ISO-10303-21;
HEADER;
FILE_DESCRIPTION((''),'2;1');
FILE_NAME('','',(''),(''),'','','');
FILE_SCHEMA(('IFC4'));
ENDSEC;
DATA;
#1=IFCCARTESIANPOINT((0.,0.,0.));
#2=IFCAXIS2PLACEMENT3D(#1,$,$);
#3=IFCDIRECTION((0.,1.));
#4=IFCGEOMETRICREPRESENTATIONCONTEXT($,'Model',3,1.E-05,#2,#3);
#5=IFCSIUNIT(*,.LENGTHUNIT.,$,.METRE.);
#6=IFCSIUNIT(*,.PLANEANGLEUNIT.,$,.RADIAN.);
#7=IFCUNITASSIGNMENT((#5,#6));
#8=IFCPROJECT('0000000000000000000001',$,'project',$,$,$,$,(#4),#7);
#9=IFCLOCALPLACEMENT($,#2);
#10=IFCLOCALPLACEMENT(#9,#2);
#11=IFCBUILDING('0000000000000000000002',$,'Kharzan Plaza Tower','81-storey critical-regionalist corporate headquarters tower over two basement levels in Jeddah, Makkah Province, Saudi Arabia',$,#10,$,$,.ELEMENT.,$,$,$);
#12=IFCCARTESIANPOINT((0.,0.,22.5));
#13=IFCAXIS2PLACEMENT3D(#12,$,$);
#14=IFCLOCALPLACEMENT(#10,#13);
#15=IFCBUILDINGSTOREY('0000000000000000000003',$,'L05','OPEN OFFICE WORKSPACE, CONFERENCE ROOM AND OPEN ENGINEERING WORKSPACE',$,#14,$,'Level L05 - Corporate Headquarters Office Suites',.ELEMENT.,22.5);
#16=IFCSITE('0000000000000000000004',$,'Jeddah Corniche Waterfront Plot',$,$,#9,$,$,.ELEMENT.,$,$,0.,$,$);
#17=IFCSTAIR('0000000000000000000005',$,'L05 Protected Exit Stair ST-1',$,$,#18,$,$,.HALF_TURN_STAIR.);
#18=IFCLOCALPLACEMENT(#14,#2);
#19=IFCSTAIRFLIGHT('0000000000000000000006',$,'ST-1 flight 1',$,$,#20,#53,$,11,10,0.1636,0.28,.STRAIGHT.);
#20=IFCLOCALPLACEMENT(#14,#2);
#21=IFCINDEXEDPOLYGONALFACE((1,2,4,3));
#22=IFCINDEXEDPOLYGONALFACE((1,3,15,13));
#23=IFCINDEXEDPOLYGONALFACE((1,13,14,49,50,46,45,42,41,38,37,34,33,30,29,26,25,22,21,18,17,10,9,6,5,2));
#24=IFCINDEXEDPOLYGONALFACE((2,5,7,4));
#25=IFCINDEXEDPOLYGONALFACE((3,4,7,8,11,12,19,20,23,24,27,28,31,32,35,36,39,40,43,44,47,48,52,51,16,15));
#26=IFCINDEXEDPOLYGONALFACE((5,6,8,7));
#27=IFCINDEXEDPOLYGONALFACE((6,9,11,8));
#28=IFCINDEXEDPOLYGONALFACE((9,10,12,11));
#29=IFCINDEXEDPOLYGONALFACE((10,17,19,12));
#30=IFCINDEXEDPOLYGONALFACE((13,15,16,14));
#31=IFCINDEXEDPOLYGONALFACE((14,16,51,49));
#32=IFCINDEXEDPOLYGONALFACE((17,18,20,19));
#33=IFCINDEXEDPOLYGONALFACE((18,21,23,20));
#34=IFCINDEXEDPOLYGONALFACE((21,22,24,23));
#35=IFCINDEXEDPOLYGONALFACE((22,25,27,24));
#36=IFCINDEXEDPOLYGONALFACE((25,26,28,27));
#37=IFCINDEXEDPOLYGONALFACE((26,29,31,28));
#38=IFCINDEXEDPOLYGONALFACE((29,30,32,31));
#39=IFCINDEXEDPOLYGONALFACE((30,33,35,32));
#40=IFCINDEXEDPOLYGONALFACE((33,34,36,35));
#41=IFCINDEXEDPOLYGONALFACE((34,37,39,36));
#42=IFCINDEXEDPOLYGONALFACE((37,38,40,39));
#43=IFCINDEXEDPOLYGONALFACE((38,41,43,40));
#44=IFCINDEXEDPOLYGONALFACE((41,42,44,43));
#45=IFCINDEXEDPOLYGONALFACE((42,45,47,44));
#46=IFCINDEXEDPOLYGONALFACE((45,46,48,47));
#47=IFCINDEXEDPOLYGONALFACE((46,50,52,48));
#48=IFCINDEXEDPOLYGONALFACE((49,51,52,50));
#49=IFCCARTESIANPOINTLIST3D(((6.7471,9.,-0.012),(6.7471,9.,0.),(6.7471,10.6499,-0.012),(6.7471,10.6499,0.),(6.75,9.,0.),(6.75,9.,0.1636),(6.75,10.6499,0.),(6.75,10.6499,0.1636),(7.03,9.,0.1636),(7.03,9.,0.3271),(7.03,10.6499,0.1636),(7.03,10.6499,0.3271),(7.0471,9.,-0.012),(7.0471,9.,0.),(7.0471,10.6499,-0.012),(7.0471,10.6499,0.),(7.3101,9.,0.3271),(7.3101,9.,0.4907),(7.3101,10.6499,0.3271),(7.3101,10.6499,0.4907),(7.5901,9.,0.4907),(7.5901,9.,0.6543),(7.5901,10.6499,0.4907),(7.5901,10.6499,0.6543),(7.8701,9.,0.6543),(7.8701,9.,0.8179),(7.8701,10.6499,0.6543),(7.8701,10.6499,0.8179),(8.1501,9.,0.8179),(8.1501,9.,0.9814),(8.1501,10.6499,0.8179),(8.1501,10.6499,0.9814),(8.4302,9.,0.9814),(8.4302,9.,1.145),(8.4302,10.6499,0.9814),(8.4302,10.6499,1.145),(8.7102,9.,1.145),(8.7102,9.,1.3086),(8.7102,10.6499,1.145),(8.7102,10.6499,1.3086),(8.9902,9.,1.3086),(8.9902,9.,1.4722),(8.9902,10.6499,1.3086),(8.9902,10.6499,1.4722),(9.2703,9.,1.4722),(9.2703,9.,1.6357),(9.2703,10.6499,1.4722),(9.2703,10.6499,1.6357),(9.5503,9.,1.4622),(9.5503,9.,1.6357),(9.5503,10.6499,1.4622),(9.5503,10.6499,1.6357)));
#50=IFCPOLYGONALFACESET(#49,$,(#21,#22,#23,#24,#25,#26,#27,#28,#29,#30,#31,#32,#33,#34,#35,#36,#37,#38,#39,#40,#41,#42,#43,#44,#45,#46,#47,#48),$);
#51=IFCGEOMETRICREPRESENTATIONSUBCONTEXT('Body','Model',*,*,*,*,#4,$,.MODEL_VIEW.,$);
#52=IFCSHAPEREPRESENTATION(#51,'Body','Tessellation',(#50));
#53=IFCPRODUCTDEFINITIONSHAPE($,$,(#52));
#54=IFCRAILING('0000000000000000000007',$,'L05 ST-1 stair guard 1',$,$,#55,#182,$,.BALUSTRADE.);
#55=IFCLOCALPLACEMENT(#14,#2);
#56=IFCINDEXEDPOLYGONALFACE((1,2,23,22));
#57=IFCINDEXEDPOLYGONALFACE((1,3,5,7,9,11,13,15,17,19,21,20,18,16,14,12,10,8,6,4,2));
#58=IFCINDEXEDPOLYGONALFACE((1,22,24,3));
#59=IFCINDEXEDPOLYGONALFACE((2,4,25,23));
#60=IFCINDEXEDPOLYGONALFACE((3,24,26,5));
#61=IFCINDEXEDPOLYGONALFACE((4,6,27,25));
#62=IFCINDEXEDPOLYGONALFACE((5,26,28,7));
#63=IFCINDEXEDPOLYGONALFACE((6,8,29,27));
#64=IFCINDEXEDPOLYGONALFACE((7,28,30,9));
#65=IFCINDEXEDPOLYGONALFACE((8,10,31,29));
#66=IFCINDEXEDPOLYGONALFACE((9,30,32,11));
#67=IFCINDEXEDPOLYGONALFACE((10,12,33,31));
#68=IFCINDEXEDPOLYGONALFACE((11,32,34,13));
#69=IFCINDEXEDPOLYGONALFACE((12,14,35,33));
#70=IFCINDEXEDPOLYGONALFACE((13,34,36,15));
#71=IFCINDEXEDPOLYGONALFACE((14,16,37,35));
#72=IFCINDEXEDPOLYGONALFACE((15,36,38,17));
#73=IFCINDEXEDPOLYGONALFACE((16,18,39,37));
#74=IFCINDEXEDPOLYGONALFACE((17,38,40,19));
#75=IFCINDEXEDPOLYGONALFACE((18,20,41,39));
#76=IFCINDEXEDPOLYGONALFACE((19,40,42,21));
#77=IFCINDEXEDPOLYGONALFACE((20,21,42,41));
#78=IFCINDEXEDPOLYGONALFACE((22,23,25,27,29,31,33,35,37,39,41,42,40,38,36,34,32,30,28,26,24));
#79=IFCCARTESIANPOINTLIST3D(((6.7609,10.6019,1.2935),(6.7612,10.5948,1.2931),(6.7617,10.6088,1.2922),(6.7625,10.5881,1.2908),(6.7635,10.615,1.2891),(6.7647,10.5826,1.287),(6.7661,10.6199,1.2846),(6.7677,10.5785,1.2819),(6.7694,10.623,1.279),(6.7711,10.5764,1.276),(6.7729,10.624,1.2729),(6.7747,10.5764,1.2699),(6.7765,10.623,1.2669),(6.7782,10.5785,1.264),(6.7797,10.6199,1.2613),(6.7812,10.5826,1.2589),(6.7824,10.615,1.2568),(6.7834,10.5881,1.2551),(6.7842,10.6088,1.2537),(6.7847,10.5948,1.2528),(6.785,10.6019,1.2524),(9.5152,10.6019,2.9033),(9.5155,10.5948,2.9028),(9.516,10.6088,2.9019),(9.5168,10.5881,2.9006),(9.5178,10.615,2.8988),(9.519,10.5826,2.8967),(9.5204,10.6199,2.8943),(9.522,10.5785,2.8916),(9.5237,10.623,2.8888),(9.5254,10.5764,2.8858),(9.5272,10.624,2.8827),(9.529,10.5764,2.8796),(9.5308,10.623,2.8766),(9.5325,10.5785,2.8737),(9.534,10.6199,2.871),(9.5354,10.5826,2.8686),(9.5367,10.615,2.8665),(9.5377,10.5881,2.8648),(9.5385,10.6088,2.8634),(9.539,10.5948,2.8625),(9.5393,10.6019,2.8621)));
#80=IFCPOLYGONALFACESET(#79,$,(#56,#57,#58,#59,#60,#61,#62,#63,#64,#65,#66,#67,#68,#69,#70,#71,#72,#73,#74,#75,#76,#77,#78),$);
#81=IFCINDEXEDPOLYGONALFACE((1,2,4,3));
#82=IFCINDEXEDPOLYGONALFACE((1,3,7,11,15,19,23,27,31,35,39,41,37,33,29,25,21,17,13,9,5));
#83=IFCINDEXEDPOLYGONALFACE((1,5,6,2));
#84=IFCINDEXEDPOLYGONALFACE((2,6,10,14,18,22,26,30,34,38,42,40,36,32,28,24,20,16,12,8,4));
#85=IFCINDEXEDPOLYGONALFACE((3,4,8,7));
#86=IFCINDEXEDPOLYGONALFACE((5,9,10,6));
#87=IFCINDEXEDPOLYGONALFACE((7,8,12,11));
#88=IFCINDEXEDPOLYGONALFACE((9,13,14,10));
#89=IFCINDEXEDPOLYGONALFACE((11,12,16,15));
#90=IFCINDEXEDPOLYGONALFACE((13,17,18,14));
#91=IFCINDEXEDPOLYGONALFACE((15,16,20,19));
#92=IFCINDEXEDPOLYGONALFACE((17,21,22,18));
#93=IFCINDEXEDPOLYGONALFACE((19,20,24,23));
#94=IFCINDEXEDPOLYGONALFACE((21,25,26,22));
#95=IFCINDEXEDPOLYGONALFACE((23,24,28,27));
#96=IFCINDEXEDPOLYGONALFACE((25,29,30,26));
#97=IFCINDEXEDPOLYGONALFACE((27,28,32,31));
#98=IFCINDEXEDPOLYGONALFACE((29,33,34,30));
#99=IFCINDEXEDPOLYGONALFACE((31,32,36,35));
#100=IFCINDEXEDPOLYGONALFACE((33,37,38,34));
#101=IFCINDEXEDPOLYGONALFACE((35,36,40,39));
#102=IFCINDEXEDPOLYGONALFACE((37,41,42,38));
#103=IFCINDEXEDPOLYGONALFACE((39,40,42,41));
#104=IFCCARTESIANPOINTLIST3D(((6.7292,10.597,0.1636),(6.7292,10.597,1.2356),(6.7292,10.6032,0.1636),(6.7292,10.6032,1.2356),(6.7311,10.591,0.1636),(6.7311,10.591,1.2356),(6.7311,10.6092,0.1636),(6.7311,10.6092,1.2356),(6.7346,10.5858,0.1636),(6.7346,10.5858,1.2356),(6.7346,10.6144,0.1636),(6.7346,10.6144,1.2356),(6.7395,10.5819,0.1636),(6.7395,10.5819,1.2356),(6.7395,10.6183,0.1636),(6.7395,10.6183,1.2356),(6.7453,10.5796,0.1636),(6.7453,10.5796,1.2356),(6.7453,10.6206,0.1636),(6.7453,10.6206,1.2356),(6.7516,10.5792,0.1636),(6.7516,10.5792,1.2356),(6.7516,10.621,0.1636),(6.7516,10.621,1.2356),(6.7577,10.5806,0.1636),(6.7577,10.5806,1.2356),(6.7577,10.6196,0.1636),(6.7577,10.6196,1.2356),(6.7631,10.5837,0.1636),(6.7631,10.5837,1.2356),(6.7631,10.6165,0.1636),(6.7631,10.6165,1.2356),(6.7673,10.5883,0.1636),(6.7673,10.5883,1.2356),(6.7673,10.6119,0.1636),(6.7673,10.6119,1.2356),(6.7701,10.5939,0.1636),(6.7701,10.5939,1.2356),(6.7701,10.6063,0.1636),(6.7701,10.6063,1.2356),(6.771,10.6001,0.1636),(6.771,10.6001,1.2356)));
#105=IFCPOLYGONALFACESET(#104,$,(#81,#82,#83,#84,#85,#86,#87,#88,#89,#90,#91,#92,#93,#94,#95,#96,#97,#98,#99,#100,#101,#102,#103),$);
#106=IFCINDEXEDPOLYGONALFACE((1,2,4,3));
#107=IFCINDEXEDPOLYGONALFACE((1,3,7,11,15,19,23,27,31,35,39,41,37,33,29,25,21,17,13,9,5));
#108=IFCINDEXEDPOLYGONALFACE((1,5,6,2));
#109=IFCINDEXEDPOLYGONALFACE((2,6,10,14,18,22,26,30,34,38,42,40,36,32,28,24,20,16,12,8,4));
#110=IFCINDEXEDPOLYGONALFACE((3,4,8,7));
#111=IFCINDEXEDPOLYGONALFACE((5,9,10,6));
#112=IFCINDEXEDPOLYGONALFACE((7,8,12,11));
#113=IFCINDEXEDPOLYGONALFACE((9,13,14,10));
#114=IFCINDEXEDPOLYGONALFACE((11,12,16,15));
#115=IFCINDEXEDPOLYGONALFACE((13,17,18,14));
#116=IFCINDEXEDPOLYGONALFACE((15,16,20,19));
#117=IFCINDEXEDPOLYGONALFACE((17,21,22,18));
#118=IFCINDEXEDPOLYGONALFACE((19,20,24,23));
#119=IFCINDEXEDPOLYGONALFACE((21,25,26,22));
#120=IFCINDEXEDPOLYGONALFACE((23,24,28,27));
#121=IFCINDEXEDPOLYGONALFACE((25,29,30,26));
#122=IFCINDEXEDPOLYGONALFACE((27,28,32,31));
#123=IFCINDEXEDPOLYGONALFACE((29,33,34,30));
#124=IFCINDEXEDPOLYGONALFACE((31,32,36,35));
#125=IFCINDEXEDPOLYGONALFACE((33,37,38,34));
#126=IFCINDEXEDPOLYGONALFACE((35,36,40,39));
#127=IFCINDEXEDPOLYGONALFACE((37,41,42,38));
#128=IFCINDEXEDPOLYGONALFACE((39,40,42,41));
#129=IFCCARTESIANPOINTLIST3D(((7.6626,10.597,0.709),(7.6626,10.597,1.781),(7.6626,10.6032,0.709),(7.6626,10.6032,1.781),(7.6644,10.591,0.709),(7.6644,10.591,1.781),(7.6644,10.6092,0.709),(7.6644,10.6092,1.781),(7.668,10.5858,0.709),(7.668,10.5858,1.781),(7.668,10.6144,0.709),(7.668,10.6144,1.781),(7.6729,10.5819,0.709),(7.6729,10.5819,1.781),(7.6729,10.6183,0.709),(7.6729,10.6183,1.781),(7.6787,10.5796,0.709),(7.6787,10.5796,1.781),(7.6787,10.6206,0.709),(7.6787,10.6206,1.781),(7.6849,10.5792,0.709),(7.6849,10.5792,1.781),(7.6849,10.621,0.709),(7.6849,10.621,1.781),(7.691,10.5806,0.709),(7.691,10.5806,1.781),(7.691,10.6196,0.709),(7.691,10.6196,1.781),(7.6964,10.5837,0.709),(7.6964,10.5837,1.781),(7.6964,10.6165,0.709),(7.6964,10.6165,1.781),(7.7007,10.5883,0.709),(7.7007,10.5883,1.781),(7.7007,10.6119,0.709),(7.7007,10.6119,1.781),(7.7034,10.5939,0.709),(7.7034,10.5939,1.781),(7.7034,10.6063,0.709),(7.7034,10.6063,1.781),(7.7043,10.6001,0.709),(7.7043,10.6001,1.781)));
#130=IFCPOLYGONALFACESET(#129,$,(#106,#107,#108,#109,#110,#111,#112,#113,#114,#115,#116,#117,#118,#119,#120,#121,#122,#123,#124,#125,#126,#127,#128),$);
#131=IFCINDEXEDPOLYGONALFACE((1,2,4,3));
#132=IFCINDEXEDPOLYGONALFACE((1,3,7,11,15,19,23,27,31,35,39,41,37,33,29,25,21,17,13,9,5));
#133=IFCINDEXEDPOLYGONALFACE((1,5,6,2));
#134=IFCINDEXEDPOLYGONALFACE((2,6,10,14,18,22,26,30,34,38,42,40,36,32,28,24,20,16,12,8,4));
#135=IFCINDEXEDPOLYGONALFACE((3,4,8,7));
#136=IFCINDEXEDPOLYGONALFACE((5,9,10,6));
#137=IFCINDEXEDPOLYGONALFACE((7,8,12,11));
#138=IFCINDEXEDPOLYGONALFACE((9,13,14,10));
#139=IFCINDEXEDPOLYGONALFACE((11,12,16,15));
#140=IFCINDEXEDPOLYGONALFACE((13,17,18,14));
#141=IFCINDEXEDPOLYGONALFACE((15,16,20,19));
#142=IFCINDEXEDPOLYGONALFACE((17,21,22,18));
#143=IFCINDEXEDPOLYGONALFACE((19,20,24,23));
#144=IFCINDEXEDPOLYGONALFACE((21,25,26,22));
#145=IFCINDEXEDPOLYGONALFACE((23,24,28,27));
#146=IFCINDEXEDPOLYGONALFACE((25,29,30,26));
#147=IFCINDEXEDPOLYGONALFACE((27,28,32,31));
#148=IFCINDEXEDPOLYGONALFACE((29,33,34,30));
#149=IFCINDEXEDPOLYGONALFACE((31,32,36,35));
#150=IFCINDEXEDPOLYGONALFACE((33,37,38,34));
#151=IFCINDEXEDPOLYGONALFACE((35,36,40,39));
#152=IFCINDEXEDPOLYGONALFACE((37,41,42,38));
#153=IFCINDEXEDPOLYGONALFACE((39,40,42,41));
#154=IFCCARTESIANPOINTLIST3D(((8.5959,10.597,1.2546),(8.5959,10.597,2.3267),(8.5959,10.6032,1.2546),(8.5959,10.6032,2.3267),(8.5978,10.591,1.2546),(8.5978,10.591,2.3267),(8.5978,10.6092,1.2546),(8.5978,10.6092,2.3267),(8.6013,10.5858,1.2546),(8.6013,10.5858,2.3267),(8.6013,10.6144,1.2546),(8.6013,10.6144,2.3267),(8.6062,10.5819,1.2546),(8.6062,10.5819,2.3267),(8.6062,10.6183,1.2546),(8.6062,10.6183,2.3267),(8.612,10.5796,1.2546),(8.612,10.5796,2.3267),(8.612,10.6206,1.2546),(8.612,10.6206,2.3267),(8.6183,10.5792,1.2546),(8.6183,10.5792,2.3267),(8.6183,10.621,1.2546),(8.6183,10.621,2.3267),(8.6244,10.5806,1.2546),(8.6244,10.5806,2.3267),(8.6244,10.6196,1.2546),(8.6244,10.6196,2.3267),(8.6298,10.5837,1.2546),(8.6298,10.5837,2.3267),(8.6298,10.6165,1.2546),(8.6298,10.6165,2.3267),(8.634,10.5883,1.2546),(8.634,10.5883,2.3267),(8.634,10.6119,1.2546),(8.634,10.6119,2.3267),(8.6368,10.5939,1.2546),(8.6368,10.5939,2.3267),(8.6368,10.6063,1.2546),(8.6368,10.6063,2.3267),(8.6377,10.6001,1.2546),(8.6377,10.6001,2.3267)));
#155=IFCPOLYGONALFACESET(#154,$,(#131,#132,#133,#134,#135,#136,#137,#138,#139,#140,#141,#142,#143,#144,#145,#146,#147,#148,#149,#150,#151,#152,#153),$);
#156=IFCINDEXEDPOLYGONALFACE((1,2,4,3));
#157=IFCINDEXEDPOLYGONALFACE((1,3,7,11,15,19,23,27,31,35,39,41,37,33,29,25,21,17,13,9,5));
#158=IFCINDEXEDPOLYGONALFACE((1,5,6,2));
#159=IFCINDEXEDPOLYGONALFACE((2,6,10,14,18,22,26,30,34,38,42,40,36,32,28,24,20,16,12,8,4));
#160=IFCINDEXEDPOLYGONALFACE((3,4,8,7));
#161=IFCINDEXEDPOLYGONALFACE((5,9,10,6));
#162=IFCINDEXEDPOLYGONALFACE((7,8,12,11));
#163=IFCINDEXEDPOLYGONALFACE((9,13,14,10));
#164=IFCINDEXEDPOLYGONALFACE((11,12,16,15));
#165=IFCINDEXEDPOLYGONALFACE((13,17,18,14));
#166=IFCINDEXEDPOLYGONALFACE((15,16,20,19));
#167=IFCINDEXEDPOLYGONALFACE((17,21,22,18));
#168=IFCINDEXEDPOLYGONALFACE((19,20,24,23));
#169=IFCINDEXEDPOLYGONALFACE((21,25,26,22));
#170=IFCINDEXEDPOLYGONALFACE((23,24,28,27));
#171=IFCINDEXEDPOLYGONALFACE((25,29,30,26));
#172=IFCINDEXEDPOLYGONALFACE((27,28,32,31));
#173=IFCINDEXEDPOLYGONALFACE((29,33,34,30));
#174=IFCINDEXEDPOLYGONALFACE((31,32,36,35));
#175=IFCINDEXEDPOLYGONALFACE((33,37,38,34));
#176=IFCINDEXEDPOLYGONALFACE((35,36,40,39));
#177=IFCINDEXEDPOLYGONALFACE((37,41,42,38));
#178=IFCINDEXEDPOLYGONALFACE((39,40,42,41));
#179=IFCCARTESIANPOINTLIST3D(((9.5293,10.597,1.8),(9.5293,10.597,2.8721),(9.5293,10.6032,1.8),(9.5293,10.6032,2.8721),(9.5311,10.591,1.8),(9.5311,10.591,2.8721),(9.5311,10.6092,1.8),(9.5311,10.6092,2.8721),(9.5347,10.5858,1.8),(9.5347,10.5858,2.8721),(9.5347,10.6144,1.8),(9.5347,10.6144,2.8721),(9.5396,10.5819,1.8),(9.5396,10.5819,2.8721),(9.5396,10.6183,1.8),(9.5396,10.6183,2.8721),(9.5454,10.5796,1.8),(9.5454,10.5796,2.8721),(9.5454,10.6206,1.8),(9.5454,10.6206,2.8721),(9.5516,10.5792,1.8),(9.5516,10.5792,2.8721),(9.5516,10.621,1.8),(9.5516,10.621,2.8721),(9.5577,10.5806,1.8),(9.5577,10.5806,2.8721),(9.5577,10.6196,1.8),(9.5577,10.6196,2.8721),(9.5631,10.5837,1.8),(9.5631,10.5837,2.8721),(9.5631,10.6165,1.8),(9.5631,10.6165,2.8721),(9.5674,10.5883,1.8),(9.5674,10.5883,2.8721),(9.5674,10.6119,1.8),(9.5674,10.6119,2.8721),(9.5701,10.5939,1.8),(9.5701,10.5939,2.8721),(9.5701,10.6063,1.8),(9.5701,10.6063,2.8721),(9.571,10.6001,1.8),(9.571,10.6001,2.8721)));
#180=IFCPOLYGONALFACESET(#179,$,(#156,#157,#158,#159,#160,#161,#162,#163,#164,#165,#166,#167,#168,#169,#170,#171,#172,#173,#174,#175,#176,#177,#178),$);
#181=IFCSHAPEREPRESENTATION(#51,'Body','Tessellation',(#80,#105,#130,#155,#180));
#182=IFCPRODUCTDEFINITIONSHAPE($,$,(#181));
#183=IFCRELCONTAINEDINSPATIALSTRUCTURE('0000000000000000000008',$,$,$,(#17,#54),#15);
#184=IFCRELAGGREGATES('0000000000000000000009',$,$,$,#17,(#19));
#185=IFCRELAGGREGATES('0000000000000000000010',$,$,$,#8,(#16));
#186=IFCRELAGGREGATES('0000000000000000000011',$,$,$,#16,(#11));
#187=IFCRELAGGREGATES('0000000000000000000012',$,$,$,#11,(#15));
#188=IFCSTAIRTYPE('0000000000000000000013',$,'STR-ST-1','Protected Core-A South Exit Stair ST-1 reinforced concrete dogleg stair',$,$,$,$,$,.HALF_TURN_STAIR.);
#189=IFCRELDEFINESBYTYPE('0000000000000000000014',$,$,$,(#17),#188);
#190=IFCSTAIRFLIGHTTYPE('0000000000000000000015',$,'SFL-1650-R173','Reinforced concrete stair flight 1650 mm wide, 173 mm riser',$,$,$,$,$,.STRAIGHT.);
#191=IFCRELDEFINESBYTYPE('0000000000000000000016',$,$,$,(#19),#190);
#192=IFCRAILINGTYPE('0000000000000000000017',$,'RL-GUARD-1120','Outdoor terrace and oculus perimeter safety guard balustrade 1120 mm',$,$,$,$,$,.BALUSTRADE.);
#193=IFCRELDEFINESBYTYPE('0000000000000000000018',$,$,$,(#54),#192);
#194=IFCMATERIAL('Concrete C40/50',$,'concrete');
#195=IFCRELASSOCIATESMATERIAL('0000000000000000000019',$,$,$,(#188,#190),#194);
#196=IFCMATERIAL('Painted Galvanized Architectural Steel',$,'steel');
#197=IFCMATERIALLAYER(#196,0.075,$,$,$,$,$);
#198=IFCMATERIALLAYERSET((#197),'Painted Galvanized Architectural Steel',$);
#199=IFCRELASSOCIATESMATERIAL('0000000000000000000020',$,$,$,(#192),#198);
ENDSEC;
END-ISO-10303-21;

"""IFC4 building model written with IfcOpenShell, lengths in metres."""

from ifc_helpers import new_model, si_unit, direction, frame, origin, origin_2d, place, context, subcontext, project, spatial, polyline, circle, outline, extrude, source, transform, mapped, material, layer, layer_set, type_object, element, aggregate, save


model = new_model("IFC4")

# Units and contexts
model_context = context("Model", 3, precision=1e-05, world=origin(), true_north=direction((0.0, 1.0)))
body_context = subcontext(model_context, "Body", "Model", "MODEL_VIEW")
ifc_project = project(units=[si_unit("LENGTHUNIT", "METRE"), si_unit("PLANEANGLEUNIT", "RADIAN")], contexts=[model_context])

# Site, building, storey
site_placement = place(None, origin())
site = spatial("IfcSite", under=ifc_project, at=site_placement, Name="Jeddah Corniche Waterfront Plot", CompositionType="ELEMENT", RefElevation=0.0)
building_placement = place(site_placement, origin())
building = spatial("IfcBuilding", under=site, at=building_placement, Name="Kharzan Plaza Tower", Description="81-storey critical-regionalist corporate headquarters tower over two basement levels in Jeddah, Makkah Province, Saudi Arabia", CompositionType="ELEMENT")
storey_placement = place(building_placement, frame((0.0, 0.0, 22.5)))
storey = spatial("IfcBuildingStorey", under=building, at=storey_placement, Name="L05", Description="OPEN OFFICE WORKSPACE, CONFERENCE ROOM AND OPEN ENGINEERING WORKSPACE", LongName="Level L05 - Corporate Headquarters Office Suites", CompositionType="ELEMENT", Elevation=22.5)

# Shared definitions
ifc_material_1 = material(Name="Concrete C40/50", Category="concrete")

# Stair, stair flight
stair_type = type_object("IfcStairType", Name="STR-ST-1", Description="Protected Core-A South Exit Stair ST-1 reinforced concrete dogleg stair", PredefinedType="HALF_TURN_STAIR", material=ifc_material_1)
stair_placement = place(storey_placement, origin())
stair = element("IfcStair", 1, at=stair_placement, inside=storey, type_object=stair_type, Name="L05 Protected Exit Stair ST-1", PredefinedType="HALF_TURN_STAIR")
stair_flight_type = type_object("IfcStairFlightType", Name="SFL-1650-R173", Description="Reinforced concrete stair flight 1650 mm wide, 173 mm riser", PredefinedType="STRAIGHT", material=ifc_material_1)
shared_shape_1 = source(origin(), body_context, "Body", "SweptSolid", [
    extrude(outline(polyline([(-0.0029, -0.012), (-0.0029, 0.0), (0.0, 0.0), (0.0, 0.1636), (0.28, 0.1636), (0.28, 0.3271), (0.5601, 0.3271), (0.5601, 0.4907), (0.8401, 0.4907), (0.8401, 0.6543), (1.1201, 0.6543), (1.1201, 0.8179), (1.4001, 0.8179), (1.4001, 0.9814), (1.6802, 0.9814), (1.6802, 1.145), (1.9602, 1.145), (1.9602, 1.3086), (2.2402, 1.3086), (2.2402, 1.4722), (2.5203, 1.4722), (2.5203, 1.6357), (2.8003, 1.6357), (2.8003, 1.7993), (2.8003, 1.4622), (0.2971, 0.0), (0.2971, -0.012), (-0.0029, -0.012)])), frame((0.0, 0.825, 0.0), z_axis=(0.0, -1.0, 0.0), x_axis=(1.0, 0.0, 0.0)), (0.0, 0.0, 1.0), 1.6499),
])
stair_flight_placement = place(storey_placement, frame((6.75, 9.825, 0.0), z_axis=(0.0, 0.0, 1.0), x_axis=(1.0, 0.0, 0.0)))
stair_flight = element("IfcStairFlight", 2, at=stair_flight_placement, type_object=stair_flight_type, Name="ST-1 flight 1", NumberOfRisers=11, NumberOfTreads=10, PredefinedType="STRAIGHT", RiserHeight=0.1636, TreadLength=0.28, context=body_context, shape_type="MappedRepresentation", body=[
    mapped(shared_shape_1, transform((0.0, 0.0, 0.0), x_axis=(1.0, 0.0, 0.0), y_axis=(0.0, 1.0, 0.0), z_axis=(0.0, 0.0, 1.0))),
])
aggregate(stair, [stair_flight])

# Railing
ifc_material_2 = material(Name="Painted Galvanized Architectural Steel", Category="steel")
ifc_layer_1 = layer(ifc_material_2, 0.075)
ifc_layer_set_1 = layer_set([ifc_layer_1], Name="Painted Galvanized Architectural Steel")
railing_type_1 = type_object("IfcRailingType", Name="RL-GUARD-1120", Description="Outdoor terrace and oculus perimeter safety guard balustrade 1120 mm", PredefinedType="BALUSTRADE", material=ifc_layer_set_1)
shared_shape_2 = source(origin(), body_context, "Body", "SweptSolid", [
    extrude(circle(Radius=0.0239, at=origin_2d()), frame((0.0229, 0.0, 1.1094), z_axis=(0.863361, 0.0, 0.504587), x_axis=(0.0, 1.0, 0.0)), (0.0, 0.0, 1.0), 3.1902),
    extrude(circle(Radius=0.021, at=origin_2d()), origin(), (0.0, 0.0, 1.0), 1.072),
    extrude(circle(Radius=0.021, at=origin_2d()), frame((0.9333, 0.0, 0.5454)), (0.0, 0.0, 1.0), 1.072),
    extrude(circle(Radius=0.021, at=origin_2d()), frame((1.8667, 0.0, 1.0911)), (0.0, 0.0, 1.0), 1.072),
    extrude(circle(Radius=0.021, at=origin_2d()), frame((2.8, 0.0, 1.6365)), (0.0, 0.0, 1.0), 1.072),
])
railing_1_placement = place(storey_placement, frame((6.75, 10.6001, 0.1636)))
element("IfcRailing", 3, at=railing_1_placement, inside=storey, type_object=railing_type_1, Name="L05 ST-1 stair guard 1", PredefinedType="BALUSTRADE", context=body_context, shape_type="MappedRepresentation", body=[
    mapped(shared_shape_2, transform((0.0, 0.0, 0.0), x_axis=(1.0, 0.0, 0.0), y_axis=(0.0, 1.0, 0.0), z_axis=(0.0, 0.0, 1.0))),
])

save(model, "model.ifc")
